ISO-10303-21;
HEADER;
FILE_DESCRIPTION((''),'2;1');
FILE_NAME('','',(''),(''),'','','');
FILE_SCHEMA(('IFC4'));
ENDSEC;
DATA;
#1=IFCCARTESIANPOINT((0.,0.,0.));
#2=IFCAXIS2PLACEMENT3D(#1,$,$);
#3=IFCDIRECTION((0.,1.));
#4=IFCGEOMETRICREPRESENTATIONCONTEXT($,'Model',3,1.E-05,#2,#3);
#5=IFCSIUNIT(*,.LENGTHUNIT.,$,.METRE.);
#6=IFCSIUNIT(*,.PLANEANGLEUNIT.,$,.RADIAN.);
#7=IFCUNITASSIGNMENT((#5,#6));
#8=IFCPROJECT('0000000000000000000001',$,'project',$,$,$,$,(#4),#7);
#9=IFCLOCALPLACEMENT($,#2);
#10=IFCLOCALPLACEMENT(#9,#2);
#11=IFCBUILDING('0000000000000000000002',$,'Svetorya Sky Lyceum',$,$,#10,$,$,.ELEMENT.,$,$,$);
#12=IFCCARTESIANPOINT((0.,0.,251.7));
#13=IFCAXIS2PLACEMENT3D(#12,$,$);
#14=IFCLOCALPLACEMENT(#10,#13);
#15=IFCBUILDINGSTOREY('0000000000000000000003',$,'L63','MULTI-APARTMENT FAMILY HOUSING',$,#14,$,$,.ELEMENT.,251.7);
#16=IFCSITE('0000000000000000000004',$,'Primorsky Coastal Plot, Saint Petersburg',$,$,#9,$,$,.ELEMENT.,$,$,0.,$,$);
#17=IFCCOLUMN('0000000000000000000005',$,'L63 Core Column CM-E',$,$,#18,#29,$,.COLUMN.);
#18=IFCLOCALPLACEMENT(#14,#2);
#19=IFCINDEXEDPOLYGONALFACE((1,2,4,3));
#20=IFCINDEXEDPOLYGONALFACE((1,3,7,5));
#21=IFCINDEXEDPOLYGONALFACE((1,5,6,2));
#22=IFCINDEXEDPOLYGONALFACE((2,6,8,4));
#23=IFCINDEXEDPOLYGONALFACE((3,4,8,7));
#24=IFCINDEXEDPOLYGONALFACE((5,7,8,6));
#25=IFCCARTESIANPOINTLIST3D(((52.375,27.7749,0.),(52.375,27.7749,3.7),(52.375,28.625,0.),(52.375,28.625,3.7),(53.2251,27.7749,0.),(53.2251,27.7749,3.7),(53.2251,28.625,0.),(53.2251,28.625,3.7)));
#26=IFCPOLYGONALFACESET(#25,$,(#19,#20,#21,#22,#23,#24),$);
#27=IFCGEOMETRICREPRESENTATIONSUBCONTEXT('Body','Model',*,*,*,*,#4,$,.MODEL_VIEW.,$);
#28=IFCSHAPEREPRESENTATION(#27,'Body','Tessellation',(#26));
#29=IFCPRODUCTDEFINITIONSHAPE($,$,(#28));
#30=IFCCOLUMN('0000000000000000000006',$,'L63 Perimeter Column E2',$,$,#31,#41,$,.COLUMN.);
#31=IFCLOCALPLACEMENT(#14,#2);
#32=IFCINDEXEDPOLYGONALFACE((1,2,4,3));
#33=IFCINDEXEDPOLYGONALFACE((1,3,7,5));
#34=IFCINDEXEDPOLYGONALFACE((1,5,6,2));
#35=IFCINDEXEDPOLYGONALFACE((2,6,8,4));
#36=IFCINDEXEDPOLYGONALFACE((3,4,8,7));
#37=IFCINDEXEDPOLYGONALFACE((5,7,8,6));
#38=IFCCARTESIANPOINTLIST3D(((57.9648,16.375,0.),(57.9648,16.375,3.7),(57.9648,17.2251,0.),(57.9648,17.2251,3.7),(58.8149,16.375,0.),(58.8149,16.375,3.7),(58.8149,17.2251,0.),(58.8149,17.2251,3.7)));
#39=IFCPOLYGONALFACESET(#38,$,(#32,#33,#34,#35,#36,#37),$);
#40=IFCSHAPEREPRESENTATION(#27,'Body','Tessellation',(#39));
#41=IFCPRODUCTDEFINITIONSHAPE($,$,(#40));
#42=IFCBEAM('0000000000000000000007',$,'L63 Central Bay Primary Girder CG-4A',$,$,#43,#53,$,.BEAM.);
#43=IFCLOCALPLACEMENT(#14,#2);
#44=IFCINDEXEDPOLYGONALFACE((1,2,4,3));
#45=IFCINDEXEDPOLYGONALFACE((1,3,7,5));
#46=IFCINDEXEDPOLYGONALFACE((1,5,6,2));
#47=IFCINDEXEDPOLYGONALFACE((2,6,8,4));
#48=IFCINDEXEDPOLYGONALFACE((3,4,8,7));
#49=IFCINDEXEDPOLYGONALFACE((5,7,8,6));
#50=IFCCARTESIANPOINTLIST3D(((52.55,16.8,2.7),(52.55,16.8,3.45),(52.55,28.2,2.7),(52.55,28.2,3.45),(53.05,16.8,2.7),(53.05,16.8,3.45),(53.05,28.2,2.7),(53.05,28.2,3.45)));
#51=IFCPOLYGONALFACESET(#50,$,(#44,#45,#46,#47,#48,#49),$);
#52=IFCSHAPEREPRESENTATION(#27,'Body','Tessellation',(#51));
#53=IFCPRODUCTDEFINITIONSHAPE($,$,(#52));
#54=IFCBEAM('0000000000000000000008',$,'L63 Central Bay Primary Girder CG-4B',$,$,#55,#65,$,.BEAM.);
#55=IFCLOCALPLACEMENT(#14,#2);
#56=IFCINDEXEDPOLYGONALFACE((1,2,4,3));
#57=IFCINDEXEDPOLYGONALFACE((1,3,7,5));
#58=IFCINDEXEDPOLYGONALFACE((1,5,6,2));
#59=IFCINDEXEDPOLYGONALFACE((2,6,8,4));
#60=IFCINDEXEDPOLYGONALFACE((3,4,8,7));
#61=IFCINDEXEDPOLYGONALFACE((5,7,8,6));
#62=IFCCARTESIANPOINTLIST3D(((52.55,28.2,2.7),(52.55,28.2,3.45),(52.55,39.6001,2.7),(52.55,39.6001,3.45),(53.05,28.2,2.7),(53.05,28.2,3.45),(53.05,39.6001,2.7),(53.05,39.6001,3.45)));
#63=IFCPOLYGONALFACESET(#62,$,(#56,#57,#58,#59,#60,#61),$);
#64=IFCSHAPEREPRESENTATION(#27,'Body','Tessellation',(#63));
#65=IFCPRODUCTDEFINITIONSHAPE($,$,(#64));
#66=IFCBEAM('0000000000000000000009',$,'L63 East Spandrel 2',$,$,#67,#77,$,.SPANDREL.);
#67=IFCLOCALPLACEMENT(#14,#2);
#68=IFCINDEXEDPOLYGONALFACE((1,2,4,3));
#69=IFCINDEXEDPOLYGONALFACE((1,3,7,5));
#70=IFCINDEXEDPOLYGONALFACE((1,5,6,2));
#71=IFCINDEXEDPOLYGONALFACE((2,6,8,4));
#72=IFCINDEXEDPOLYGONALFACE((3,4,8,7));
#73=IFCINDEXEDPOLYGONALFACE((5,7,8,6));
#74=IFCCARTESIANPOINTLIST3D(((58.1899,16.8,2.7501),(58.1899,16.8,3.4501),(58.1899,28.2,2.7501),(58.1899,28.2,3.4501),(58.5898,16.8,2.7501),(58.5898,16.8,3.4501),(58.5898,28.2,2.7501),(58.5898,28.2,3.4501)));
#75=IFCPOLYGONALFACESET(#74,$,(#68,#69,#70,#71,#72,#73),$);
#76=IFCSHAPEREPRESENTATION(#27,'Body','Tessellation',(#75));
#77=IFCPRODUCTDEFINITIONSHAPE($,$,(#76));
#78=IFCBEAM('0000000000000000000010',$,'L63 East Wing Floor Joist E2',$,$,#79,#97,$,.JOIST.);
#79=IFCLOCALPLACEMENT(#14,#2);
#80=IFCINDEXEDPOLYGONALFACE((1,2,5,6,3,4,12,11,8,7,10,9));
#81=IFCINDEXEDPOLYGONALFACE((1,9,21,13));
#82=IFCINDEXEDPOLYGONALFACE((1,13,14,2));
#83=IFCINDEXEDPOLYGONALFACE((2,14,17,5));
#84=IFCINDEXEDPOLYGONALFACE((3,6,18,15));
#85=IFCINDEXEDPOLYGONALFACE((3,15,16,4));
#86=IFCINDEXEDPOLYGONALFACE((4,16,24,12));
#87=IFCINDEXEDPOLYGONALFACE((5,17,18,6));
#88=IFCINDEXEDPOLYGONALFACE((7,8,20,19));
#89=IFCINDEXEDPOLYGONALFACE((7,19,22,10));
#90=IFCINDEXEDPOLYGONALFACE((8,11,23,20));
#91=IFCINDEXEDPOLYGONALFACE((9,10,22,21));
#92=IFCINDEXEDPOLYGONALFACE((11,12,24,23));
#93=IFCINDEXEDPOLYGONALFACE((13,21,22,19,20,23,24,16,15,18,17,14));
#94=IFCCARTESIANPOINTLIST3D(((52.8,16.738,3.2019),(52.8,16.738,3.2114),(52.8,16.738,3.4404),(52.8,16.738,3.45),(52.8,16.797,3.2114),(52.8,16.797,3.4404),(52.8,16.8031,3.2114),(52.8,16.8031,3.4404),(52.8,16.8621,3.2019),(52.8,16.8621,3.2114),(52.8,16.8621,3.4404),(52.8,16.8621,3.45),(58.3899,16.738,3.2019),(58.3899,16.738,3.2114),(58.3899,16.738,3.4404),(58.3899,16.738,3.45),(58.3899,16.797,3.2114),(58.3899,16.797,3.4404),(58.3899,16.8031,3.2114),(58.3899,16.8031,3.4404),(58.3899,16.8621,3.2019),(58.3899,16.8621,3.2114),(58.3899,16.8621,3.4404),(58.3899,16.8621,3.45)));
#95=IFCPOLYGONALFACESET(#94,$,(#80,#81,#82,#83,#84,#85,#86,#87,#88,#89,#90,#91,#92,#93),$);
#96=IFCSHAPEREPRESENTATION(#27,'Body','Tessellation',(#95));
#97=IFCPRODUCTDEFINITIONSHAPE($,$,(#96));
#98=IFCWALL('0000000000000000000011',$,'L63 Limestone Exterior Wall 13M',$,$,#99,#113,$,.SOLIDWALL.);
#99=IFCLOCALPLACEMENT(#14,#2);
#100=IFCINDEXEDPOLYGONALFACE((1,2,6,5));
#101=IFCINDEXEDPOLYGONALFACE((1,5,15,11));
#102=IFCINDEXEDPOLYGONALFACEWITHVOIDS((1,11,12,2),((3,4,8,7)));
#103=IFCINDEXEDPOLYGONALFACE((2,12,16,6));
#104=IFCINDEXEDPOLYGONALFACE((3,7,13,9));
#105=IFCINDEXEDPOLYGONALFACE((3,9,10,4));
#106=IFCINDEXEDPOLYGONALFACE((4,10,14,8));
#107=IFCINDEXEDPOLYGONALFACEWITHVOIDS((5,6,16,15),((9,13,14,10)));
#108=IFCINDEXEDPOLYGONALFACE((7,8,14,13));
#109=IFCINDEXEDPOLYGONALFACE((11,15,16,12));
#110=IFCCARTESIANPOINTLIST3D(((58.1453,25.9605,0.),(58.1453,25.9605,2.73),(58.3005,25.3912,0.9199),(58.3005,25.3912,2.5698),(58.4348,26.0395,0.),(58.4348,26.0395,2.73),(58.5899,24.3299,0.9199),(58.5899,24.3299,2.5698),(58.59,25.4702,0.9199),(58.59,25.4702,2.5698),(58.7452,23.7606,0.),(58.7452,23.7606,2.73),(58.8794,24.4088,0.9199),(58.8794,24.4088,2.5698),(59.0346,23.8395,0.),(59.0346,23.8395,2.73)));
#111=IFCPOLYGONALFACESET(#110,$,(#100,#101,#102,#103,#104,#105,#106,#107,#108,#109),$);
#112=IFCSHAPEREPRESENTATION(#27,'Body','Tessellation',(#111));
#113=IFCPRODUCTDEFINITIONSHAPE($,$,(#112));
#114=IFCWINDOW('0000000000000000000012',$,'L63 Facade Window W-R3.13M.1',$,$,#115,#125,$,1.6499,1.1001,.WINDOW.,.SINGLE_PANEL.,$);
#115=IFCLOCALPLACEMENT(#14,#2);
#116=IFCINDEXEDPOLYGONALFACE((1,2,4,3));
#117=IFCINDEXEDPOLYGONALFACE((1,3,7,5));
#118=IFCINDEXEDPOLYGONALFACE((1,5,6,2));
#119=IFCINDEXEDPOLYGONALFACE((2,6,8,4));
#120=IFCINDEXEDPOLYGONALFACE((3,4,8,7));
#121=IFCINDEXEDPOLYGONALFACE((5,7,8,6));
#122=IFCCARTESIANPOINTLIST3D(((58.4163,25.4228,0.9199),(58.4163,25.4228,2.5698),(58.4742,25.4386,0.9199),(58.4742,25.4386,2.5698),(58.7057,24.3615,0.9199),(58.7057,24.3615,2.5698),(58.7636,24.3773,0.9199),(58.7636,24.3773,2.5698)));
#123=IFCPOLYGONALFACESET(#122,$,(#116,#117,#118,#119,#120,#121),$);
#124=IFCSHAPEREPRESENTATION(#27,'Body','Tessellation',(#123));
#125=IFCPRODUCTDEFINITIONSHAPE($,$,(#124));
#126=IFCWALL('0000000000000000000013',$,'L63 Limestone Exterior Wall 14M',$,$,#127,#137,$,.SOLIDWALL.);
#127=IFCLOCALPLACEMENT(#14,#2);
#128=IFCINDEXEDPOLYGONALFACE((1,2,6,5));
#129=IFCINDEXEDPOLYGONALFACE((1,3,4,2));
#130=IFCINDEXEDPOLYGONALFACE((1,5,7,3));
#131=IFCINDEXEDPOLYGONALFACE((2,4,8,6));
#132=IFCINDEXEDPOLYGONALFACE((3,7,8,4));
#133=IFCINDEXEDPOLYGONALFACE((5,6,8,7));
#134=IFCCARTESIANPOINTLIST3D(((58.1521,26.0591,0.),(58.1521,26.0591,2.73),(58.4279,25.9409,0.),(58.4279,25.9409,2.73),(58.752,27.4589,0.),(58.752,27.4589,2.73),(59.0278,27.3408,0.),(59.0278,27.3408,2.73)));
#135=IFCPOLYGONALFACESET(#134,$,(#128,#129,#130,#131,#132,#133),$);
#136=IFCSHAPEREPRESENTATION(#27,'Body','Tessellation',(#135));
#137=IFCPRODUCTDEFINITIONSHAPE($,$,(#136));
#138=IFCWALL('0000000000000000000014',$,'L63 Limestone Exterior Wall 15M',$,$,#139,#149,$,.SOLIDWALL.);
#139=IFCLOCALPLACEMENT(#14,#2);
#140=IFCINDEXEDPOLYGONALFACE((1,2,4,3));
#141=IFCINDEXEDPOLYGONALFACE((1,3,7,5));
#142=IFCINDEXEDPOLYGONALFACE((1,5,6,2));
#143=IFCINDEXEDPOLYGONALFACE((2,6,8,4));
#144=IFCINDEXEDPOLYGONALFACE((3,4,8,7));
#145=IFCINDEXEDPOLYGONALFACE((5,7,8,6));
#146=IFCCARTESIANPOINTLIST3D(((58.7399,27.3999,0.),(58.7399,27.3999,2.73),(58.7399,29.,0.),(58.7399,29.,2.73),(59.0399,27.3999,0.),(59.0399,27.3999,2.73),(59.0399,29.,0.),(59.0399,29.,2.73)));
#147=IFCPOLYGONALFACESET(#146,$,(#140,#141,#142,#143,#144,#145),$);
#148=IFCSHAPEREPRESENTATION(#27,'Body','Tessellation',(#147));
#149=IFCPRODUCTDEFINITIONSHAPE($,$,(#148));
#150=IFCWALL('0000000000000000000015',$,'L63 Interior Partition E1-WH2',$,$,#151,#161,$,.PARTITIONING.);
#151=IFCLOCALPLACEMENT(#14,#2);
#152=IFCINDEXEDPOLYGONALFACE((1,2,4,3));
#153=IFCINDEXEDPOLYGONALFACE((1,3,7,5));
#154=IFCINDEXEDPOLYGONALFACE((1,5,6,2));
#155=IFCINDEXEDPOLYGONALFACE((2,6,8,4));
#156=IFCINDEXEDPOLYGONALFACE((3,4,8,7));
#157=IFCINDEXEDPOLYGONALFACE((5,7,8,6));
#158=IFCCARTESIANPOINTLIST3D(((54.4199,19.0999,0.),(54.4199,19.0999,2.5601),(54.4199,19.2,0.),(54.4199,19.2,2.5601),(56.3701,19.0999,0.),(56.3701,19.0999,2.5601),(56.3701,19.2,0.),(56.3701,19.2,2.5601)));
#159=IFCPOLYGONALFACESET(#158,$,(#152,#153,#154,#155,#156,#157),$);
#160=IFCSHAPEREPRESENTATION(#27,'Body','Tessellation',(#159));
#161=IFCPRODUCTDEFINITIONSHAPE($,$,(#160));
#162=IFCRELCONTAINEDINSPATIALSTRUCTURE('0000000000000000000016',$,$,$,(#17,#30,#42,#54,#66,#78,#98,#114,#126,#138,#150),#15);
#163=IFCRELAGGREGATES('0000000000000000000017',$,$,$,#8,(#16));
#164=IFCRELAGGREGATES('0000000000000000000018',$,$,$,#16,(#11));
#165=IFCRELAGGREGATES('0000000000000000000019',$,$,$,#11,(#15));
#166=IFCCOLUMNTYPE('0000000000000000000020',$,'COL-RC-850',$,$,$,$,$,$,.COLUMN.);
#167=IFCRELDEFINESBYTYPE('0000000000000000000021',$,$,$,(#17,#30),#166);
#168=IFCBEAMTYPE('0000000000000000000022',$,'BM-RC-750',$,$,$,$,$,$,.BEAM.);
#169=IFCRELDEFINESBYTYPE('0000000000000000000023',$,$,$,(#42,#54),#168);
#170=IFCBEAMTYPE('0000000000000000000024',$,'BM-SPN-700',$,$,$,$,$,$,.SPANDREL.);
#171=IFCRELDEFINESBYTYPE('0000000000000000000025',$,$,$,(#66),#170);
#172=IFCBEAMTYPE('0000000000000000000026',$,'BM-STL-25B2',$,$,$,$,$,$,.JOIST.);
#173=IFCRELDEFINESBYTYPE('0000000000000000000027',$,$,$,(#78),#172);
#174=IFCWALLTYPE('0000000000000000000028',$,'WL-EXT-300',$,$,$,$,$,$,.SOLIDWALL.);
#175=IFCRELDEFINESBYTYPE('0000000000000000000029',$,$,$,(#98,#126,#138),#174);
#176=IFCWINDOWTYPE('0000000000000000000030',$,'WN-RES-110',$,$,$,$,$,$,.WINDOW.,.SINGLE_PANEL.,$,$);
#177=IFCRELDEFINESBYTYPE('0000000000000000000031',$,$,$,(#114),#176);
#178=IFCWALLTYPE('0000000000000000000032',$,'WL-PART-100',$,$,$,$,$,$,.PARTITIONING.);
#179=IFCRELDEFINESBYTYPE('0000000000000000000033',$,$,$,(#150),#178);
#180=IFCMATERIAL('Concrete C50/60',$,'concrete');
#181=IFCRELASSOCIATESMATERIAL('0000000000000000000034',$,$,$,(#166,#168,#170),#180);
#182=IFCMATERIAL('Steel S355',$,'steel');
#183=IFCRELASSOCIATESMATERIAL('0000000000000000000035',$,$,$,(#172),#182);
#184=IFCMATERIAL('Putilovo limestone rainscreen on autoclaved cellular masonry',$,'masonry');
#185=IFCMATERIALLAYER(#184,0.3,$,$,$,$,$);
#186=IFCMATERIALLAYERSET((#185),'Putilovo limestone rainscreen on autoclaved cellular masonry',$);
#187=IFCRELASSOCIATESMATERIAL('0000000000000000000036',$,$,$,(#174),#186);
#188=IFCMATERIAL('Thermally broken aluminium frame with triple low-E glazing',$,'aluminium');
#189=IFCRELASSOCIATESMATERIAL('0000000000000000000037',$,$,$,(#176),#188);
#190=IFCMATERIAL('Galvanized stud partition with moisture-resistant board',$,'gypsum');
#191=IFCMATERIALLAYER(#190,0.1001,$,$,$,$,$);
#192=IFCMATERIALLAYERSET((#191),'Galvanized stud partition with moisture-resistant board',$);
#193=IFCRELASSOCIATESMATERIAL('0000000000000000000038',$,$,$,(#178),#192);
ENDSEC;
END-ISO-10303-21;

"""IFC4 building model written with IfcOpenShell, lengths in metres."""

from ifc_helpers import new_model, si_unit, direction, frame, frame_2d, origin, origin_2d, place, context, subcontext, project, spatial, rectangle, i_section, extrude, material, layer, layer_set, material_profile, profile_set, type_object, element, fill, save


model = new_model("IFC4")

# Units and contexts
model_context = context("Model", 3, precision=1e-05, world=origin(), true_north=direction((0.0, 1.0)))
body_context = subcontext(model_context, "Body", "Model", "MODEL_VIEW")
ifc_project = project(units=[si_unit("LENGTHUNIT", "METRE"), si_unit("PLANEANGLEUNIT", "RADIAN")], contexts=[model_context])

# Site, building, storey
site_placement = place(None, origin())
site = spatial("IfcSite", under=ifc_project, at=site_placement, Name="Primorsky Coastal Plot, Saint Petersburg", CompositionType="ELEMENT", RefElevation=0.0)
building_placement = place(site_placement, origin())
building = spatial("IfcBuilding", under=site, at=building_placement, Name="Svetorya Sky Lyceum", CompositionType="ELEMENT")
storey_placement = place(building_placement, frame((0.0, 0.0, 251.7)))
storey = spatial("IfcBuildingStorey", under=building, at=storey_placement, Name="L63", Description="MULTI-APARTMENT FAMILY HOUSING", CompositionType="ELEMENT", Elevation=251.7)

# Columns
ifc_material_1 = material(Name="Concrete C50/60", Category="concrete")
ifc_material_profile_1 = material_profile(ifc_material_1, rectangle(XDim=0.8501, YDim=0.8501, at=origin_2d()), Name="RC COL 850x850")
ifc_profile_set_1 = profile_set([ifc_material_profile_1], Name="Concrete C50/60")
column_type = type_object("IfcColumnType", Name="COL-RC-850", PredefinedType="COLUMN", material=ifc_profile_set_1)
for number, where, z_axis, x_axis, name in (
    (1, (52.8, 28.2, 0.0), (0.0, 0.0, 1.0), (1.0, 0.0, 0.0), "L63 Core Column CM-E"),
    (2, (58.3899, 16.8, 0.0), (0.0, 0.0, 1.0), (1.0, 0.0, 0.0), "L63 Perimeter Column E2"),
):
    element("IfcColumn", number, at=place(storey_placement, frame(where, z_axis=z_axis, x_axis=x_axis)), inside=storey, type_object=column_type, Name=name, PredefinedType="COLUMN", context=body_context, shape_type="SweptSolid", body=[
        extrude(rectangle(XDim=0.8501, YDim=0.8501, at=origin_2d()), origin(), (0.0, 0.0, 1.0), 3.7),
    ])

# Beams
ifc_material_profile_2 = material_profile(ifc_material_1, rectangle(XDim=0.5, YDim=0.75, at=origin_2d()), Name="RC BEAM 500x750")
ifc_profile_set_2 = profile_set([ifc_material_profile_2], Name="Concrete C50/60")
beam_type_1 = type_object("IfcBeamType", Name="BM-RC-750", PredefinedType="BEAM", material=ifc_profile_set_2)
beam_1_placement = place(storey_placement, frame((52.8, 16.8, 3.075), z_axis=(0.0, 1.0, 0.0), x_axis=(-1.0, 0.0, 0.0)))
element("IfcBeam", 3, at=beam_1_placement, inside=storey, type_object=beam_type_1, Name="L63 Central Bay Primary Girder CG-4A", PredefinedType="BEAM", context=body_context, shape_type="SweptSolid", body=[
    extrude(rectangle(XDim=0.5, YDim=0.75, at=origin_2d()), origin(), (0.0, 0.0, 1.0), 11.3999),
])
beam_2_placement = place(storey_placement, frame((52.8, 28.2, 3.075), z_axis=(0.0, 1.0, 0.0), x_axis=(-1.0, 0.0, 0.0)))
element("IfcBeam", 4, at=beam_2_placement, inside=storey, type_object=beam_type_1, Name="L63 Central Bay Primary Girder CG-4B", PredefinedType="BEAM", context=body_context, shape_type="SweptSolid", body=[
    extrude(rectangle(XDim=0.5, YDim=0.75, at=origin_2d()), origin(), (0.0, 0.0, 1.0), 11.4001),
])
ifc_material_profile_3 = material_profile(ifc_material_1, rectangle(XDim=0.3999, YDim=0.7, at=origin_2d()), Name="RC SPANDREL 400x700")
ifc_profile_set_3 = profile_set([ifc_material_profile_3], Name="Concrete C50/60")
beam_type_2 = type_object("IfcBeamType", Name="BM-SPN-700", PredefinedType="SPANDREL", material=ifc_profile_set_3)
beam_3_placement = place(storey_placement, frame((58.3899, 16.8, 3.1001), z_axis=(0.0, 1.0, 0.0), x_axis=(-1.0, 0.0, 0.0)))
element("IfcBeam", 5, at=beam_3_placement, inside=storey, type_object=beam_type_2, Name="L63 East Spandrel 2", PredefinedType="SPANDREL", context=body_context, shape_type="SweptSolid", body=[
    extrude(rectangle(XDim=0.3999, YDim=0.7, at=origin_2d()), origin(), (0.0, 0.0, 1.0), 11.3999),
])
ifc_material_2 = material(Name="Steel S355", Category="steel")
ifc_material_profile_4 = material_profile(ifc_material_2, i_section(OverallWidth=0.124, OverallDepth=0.248, WebThickness=0.0061, FlangeThickness=0.0095, at=origin_2d()), Name="GOST 25B2")
ifc_profile_set_4 = profile_set([ifc_material_profile_4], Name="Steel S355")
beam_type_3 = type_object("IfcBeamType", Name="BM-STL-25B2", PredefinedType="JOIST", material=ifc_profile_set_4)
beam_4_placement = place(storey_placement, frame((52.8, 16.8, 3.3259), z_axis=(1.0, 0.0, 0.0), x_axis=(0.0, 1.0, 0.0)))
element("IfcBeam", 6, at=beam_4_placement, inside=storey, type_object=beam_type_3, Name="L63 East Wing Floor Joist E2", PredefinedType="JOIST", context=body_context, shape_type="SweptSolid", body=[
    extrude(i_section(OverallWidth=0.124, OverallDepth=0.248, WebThickness=0.0061, FlangeThickness=0.0095, at=origin_2d()), origin(), (0.0, 0.0, 1.0), 5.5898),
])

# Wall, opening, window
ifc_material_3 = material(Name="Putilovo limestone rainscreen on autoclaved cellular masonry", Category="masonry")
ifc_layer_1 = layer(ifc_material_3, 0.3)
ifc_layer_set_1 = layer_set([ifc_layer_1], Name="Putilovo limestone rainscreen on autoclaved cellular masonry")
wall_type_1 = type_object("IfcWallType", Name="WL-EXT-300", PredefinedType="SOLIDWALL", material=ifc_layer_set_1)
wall_1_placement = place(storey_placement, frame((58.8899, 23.8, 0.0), z_axis=(0.0, 0.0, 1.0), x_axis=(-0.263063, 0.964779, 0.0)))
wall_1 = element("IfcWall", 7, at=wall_1_placement, inside=storey, type_object=wall_type_1, Name="L63 Limestone Exterior Wall 13M", PredefinedType="SOLIDWALL", context=body_context, shape_type="SweptSolid", body=[
    extrude(rectangle(XDim=2.2803, YDim=0.3, at=frame_2d((1.1401, 0.0))), origin(), (0.0, 0.0, 1.0), 2.73),
])
opening_1_placement = place(wall_1_placement, frame((0.5901, 0.0, 0.9199)))
opening_1 = element("IfcOpeningElement", 8, at=opening_1_placement, cuts=wall_1, PredefinedType="OPENING", context=body_context, shape_type="SweptSolid", body=[
    extrude(rectangle(XDim=1.1001, YDim=1.6499, at=frame_2d((0.55, 0.825))), frame((0.0, 0.1599, 0.0), z_axis=(0.0, -1.0, 0.0), x_axis=(1.0, 0.0, 0.0)), (0.0, 0.0, 1.0), 0.3201),
])
ifc_material_4 = material(Name="Thermally broken aluminium frame with triple low-E glazing", Category="aluminium")
window_type = type_object("IfcWindowType", Name="WN-RES-110", PartitioningType="SINGLE_PANEL", PredefinedType="WINDOW", material=ifc_material_4)
window_placement = place(opening_1_placement, origin())
window = element("IfcWindow", 9, at=window_placement, inside=storey, type_object=window_type, Name="L63 Facade Window W-R3.13M.1", OverallHeight=1.6499, OverallWidth=1.1001, PartitioningType="SINGLE_PANEL", PredefinedType="WINDOW", context=body_context, shape_type="SweptSolid", body=[
    extrude(rectangle(XDim=1.1001, YDim=1.6499, at=frame_2d((0.55, 0.825))), frame((0.0, 0.03, 0.0), z_axis=(0.0, -1.0, 0.0), x_axis=(1.0, 0.0, 0.0)), (0.0, 0.0, 1.0), 0.0601),
])
fill(opening_1, window)

# Walls
wall_2_placement = place(storey_placement, frame((58.29, 26.0, 0.0), z_axis=(0.0, 0.0, 1.0), x_axis=(0.393861, 0.91917, 0.0)))
element("IfcWall", 10, at=wall_2_placement, inside=storey, type_object=wall_type_1, Name="L63 Limestone Exterior Wall 14M", PredefinedType="SOLIDWALL", context=body_context, shape_type="SweptSolid", body=[
    extrude(rectangle(XDim=1.5229, YDim=0.3, at=frame_2d((0.7615, 0.0))), origin(), (0.0, 0.0, 1.0), 2.73),
])
wall_3_placement = place(storey_placement, frame((58.8899, 27.3999, 0.0), z_axis=(0.0, 0.0, 1.0), x_axis=(0.0, 1.0, 0.0)))
element("IfcWall", 11, at=wall_3_placement, inside=storey, type_object=wall_type_1, Name="L63 Limestone Exterior Wall 15M", PredefinedType="SOLIDWALL", context=body_context, shape_type="SweptSolid", body=[
    extrude(rectangle(XDim=1.6001, YDim=0.3, at=frame_2d((0.8, 0.0))), origin(), (0.0, 0.0, 1.0), 2.73),
])
ifc_material_5 = material(Name="Galvanized stud partition with moisture-resistant board", Category="gypsum")
ifc_layer_2 = layer(ifc_material_5, 0.1001)
ifc_layer_set_2 = layer_set([ifc_layer_2], Name="Galvanized stud partition with moisture-resistant board")
wall_type_2 = type_object("IfcWallType", Name="WL-PART-100", PredefinedType="PARTITIONING", material=ifc_layer_set_2)
wall_4_placement = place(storey_placement, frame((54.4199, 19.1499, 0.0), z_axis=(0.0, 0.0, 1.0), x_axis=(1.0, 0.0, 0.0)))
element("IfcWall", 12, at=wall_4_placement, inside=storey, type_object=wall_type_2, Name="L63 Interior Partition E1-WH2", PredefinedType="PARTITIONING", context=body_context, shape_type="SweptSolid", body=[
    extrude(rectangle(XDim=1.9502, YDim=0.1001, at=frame_2d((0.9751, 0.0))), origin(), (0.0, 0.0, 1.0), 2.5601),
])

save(model, "model.ifc")
